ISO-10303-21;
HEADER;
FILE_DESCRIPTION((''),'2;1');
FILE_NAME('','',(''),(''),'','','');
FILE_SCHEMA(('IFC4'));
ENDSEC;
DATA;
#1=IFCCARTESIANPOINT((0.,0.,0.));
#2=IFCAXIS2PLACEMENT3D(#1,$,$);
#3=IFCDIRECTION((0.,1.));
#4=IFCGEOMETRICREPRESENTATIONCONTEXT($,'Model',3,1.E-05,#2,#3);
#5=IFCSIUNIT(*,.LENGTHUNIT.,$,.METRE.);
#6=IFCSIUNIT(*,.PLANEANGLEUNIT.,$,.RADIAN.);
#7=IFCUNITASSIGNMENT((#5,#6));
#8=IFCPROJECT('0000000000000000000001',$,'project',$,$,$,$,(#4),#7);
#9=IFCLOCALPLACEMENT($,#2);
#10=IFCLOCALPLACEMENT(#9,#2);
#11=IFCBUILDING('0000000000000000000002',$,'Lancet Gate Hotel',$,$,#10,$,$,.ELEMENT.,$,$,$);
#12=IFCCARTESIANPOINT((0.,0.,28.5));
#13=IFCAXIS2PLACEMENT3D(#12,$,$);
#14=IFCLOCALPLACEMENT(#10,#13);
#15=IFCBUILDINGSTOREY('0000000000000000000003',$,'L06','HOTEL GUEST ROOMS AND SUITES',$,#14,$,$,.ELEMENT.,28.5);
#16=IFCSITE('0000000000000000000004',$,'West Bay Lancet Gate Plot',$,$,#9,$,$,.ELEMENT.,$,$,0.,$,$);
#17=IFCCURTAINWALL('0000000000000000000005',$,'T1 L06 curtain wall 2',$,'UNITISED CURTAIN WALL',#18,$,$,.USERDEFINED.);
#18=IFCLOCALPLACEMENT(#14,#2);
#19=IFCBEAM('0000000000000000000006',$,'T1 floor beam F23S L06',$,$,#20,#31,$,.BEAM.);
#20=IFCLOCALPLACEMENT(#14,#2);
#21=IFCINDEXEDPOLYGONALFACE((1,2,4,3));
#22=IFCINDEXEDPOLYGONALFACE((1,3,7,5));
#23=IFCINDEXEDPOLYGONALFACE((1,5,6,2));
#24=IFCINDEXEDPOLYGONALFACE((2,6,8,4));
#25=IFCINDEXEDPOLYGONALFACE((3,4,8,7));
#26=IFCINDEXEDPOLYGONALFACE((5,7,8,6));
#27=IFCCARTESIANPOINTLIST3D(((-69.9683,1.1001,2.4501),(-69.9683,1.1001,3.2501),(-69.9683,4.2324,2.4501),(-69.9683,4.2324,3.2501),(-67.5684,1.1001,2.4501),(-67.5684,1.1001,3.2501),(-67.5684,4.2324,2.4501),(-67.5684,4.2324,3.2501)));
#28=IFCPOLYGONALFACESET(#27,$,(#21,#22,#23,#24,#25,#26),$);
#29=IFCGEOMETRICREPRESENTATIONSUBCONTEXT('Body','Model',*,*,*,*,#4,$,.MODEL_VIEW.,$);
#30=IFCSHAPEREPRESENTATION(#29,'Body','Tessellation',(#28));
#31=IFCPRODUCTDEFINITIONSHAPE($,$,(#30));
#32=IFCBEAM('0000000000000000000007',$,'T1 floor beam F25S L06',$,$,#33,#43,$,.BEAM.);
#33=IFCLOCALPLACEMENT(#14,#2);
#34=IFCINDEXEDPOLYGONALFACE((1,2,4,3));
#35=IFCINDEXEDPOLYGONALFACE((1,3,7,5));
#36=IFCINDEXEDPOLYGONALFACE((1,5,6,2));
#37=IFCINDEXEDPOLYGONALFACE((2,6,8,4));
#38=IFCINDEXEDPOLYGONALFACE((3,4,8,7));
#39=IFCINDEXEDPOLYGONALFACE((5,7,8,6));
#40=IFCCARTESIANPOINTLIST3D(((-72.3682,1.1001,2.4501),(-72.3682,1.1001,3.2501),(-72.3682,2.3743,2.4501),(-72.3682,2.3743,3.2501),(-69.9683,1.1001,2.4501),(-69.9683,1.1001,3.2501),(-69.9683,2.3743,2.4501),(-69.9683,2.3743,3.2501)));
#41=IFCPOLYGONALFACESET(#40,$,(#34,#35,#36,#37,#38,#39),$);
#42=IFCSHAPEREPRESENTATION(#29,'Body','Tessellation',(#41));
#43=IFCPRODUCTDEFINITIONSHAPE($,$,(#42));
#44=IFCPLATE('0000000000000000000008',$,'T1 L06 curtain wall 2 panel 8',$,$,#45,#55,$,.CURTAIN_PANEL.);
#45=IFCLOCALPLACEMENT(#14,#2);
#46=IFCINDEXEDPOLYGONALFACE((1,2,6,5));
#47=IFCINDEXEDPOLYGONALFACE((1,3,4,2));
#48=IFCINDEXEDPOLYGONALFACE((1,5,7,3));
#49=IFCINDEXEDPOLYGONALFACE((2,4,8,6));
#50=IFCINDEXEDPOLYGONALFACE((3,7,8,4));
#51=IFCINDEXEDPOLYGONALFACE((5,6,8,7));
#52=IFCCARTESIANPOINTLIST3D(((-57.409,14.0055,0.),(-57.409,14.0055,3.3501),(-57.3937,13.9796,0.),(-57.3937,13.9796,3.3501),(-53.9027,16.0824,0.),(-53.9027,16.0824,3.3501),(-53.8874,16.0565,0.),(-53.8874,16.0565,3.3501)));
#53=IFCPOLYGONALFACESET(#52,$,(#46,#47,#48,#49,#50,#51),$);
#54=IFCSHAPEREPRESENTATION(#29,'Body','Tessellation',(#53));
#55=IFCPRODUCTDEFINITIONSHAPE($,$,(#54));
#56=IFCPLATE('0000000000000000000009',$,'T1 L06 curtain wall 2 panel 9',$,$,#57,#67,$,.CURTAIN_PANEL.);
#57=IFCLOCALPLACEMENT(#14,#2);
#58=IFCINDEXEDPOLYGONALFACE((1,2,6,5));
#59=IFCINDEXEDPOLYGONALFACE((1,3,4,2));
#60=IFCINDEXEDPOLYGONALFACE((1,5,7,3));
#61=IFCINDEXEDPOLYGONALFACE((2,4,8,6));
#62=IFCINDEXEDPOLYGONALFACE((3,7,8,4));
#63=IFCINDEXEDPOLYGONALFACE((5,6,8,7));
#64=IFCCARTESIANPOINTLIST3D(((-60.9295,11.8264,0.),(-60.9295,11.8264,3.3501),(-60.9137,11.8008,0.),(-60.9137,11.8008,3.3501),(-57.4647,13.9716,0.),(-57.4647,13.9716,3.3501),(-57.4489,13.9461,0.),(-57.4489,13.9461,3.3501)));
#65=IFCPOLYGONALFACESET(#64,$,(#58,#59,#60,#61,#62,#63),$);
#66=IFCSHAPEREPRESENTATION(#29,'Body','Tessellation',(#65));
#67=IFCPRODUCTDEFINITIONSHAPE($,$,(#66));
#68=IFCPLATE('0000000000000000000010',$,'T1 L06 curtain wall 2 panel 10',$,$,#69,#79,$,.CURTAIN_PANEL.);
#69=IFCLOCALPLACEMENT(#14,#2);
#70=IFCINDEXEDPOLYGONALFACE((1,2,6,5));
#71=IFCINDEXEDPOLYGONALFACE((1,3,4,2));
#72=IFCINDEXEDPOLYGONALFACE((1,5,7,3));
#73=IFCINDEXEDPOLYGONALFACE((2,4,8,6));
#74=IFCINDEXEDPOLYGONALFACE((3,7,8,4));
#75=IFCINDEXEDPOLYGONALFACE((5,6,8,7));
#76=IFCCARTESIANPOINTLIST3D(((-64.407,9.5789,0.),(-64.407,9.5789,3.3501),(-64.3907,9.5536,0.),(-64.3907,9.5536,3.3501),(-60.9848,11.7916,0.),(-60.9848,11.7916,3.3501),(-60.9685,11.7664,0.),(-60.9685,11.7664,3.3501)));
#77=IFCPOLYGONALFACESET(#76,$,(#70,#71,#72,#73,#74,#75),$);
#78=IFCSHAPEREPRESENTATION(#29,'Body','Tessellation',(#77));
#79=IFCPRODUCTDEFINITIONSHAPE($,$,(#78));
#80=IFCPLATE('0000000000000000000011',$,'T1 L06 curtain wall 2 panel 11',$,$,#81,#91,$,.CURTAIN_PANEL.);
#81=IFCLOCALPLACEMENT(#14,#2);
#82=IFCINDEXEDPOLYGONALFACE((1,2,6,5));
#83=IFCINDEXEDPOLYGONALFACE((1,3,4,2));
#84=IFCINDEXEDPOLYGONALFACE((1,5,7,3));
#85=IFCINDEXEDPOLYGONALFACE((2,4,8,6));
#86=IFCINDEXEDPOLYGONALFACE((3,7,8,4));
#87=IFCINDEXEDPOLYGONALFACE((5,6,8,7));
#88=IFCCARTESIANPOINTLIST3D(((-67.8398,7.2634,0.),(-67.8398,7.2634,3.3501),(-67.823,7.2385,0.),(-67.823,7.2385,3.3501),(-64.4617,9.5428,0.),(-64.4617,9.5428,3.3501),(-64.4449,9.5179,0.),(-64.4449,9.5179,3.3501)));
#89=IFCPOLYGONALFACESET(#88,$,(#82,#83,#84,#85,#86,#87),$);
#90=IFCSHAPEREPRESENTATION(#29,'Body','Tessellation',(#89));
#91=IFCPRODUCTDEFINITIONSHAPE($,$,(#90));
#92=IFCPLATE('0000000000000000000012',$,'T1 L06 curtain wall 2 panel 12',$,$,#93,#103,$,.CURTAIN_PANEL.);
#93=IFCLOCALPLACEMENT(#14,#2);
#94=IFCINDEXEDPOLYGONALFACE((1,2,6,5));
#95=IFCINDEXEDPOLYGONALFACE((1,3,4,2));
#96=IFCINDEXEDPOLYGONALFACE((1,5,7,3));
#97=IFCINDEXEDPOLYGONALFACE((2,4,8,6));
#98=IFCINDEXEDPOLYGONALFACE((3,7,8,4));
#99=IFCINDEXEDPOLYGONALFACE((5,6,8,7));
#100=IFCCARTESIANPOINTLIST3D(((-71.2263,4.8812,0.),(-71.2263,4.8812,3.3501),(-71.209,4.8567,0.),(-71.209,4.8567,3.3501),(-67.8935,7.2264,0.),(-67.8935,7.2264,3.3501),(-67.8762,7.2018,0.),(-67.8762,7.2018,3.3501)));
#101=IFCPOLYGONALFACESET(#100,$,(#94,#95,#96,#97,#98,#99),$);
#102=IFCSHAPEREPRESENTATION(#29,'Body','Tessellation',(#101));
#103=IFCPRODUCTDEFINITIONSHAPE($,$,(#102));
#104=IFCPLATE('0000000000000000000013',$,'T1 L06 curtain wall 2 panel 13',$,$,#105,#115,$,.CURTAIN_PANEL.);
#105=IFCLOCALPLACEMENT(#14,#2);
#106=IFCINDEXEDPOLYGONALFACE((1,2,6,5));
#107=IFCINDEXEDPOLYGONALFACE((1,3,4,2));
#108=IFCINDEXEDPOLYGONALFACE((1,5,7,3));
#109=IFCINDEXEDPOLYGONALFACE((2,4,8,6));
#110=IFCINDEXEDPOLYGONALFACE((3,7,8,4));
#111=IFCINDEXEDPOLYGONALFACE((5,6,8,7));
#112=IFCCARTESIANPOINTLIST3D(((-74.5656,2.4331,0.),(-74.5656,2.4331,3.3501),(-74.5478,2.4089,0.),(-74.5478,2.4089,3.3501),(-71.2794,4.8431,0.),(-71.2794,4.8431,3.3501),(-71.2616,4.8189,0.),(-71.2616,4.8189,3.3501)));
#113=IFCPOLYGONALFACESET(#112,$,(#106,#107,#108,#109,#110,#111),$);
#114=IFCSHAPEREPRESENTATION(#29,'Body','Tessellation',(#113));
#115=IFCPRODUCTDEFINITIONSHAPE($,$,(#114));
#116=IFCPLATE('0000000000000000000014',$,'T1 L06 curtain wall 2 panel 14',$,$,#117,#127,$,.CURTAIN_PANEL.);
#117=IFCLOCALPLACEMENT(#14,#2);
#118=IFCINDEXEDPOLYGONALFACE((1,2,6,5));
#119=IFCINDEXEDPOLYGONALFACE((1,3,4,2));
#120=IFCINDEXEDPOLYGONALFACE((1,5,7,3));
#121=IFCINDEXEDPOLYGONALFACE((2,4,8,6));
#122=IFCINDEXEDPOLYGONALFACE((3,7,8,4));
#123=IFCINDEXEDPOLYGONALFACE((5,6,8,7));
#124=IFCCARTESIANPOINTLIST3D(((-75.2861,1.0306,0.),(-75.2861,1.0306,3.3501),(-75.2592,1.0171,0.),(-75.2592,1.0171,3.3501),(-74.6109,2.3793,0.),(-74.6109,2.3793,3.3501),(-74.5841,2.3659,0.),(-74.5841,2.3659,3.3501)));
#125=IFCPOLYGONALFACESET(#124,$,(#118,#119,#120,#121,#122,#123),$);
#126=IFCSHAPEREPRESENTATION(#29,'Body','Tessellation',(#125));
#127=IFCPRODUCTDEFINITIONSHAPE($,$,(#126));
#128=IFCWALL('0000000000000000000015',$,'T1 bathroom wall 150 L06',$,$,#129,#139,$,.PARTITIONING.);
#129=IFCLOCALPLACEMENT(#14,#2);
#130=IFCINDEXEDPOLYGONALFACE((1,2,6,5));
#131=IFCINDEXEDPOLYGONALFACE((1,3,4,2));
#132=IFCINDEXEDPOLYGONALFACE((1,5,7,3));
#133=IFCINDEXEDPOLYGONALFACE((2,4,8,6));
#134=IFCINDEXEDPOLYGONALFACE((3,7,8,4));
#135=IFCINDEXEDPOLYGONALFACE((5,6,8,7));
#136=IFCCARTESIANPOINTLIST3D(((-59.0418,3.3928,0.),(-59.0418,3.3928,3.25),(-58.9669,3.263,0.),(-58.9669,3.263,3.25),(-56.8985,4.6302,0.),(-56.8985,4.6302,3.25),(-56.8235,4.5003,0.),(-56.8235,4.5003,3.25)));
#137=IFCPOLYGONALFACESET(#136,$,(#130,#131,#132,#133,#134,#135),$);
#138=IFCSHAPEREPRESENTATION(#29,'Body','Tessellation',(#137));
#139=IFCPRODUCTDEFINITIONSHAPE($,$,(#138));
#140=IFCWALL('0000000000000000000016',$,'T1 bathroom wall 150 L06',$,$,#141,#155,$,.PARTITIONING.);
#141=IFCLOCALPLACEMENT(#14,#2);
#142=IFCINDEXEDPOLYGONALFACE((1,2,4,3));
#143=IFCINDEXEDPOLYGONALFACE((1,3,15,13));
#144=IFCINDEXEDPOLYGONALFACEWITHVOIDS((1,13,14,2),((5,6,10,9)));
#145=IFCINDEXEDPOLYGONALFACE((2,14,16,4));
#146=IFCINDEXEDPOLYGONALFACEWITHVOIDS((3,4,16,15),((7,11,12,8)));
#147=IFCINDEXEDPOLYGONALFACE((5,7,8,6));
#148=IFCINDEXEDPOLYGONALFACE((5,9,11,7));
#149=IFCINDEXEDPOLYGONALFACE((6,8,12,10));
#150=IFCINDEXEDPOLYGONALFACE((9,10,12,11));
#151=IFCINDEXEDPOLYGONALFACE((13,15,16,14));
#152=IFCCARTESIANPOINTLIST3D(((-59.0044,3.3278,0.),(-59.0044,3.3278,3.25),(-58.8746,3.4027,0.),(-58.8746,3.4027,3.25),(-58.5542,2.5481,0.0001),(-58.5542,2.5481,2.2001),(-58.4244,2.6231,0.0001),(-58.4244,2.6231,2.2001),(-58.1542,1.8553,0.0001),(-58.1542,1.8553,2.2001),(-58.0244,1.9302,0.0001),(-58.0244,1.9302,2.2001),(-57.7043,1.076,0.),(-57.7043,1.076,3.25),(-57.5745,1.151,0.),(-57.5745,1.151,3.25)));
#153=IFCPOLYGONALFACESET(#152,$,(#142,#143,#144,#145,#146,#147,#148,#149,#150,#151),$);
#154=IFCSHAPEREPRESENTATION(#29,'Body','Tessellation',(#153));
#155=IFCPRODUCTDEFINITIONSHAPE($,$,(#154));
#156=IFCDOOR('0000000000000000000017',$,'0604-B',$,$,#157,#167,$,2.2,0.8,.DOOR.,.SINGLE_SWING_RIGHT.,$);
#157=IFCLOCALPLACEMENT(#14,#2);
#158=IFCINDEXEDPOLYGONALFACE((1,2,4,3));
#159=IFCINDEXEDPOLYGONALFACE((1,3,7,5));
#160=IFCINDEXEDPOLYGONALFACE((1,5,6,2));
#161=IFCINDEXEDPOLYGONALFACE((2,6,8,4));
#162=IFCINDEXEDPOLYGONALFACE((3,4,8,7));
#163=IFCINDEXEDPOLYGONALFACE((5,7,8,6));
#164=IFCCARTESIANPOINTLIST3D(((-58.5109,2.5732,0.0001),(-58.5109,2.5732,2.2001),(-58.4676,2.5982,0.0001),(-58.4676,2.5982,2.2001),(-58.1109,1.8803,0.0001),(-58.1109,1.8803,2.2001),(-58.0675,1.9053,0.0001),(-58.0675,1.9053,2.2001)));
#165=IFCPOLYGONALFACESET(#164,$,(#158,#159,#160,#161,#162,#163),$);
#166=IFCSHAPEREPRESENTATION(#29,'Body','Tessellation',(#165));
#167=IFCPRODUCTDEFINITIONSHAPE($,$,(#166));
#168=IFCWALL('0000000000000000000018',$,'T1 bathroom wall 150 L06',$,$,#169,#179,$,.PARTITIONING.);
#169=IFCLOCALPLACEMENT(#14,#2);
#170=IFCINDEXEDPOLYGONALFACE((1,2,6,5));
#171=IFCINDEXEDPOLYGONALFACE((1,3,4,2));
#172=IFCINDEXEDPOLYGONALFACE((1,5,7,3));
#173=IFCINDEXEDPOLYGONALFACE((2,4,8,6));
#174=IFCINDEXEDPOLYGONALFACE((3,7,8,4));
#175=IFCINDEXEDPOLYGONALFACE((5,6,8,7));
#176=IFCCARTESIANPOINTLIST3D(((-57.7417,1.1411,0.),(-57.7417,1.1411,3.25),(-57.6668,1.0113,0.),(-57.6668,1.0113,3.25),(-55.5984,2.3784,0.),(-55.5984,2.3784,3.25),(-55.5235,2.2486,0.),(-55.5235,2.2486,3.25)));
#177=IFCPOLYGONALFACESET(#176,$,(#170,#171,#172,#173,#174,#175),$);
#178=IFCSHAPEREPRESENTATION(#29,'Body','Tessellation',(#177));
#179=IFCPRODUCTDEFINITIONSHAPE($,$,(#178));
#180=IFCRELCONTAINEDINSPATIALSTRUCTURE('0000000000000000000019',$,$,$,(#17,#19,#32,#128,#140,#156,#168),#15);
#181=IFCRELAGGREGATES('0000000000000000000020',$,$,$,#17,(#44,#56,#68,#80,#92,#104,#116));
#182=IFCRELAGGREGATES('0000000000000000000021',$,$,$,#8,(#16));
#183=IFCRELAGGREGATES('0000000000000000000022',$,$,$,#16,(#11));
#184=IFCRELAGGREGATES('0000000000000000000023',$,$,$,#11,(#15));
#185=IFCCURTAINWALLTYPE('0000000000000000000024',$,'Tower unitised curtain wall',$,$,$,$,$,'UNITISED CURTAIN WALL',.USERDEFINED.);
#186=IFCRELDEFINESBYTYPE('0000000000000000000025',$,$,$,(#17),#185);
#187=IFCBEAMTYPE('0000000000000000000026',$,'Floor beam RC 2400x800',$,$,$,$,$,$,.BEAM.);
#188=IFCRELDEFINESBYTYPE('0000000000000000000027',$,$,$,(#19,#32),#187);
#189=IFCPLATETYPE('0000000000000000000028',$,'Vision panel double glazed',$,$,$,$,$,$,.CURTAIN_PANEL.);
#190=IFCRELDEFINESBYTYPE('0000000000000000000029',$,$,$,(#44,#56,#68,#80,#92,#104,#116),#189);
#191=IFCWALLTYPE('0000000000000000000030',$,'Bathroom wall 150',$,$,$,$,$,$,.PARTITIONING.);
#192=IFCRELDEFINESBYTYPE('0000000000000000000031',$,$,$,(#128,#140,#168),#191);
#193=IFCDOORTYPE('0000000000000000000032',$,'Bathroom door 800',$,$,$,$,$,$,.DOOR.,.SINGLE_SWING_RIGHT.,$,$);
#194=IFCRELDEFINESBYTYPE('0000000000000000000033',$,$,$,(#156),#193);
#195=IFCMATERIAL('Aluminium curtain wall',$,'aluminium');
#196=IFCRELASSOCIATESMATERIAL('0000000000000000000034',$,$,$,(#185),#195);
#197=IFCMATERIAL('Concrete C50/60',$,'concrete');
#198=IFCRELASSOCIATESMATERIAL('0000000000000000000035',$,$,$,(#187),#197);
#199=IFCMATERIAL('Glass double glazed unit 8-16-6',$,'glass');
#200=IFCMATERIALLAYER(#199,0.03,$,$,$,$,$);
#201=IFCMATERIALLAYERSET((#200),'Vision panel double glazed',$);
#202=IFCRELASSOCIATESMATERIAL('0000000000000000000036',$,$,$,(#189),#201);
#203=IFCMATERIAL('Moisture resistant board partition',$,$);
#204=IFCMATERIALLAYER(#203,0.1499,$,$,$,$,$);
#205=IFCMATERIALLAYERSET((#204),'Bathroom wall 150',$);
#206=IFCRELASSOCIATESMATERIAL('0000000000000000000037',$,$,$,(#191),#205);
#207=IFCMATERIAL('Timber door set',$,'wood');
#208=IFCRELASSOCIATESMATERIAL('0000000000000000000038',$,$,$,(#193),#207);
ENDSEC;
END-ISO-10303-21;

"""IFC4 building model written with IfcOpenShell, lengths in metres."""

from ifc_helpers import new_model, si_unit, direction, frame, frame_2d, origin, origin_2d, place, context, subcontext, project, spatial, rectangle, extrude, material, layer, layer_set, material_profile, profile_set, type_object, element, fill, aggregate, save


model = new_model("IFC4")

# Units and contexts
model_context = context("Model", 3, precision=1e-05, world=origin(), true_north=direction((0.0, 1.0)))
body_context = subcontext(model_context, "Body", "Model", "MODEL_VIEW")
ifc_project = project(units=[si_unit("LENGTHUNIT", "METRE"), si_unit("PLANEANGLEUNIT", "RADIAN")], contexts=[model_context])

# Site, building, storey
site_placement = place(None, origin())
site = spatial("IfcSite", under=ifc_project, at=site_placement, Name="West Bay Lancet Gate Plot", CompositionType="ELEMENT", RefElevation=0.0)
building_placement = place(site_placement, origin())
building = spatial("IfcBuilding", under=site, at=building_placement, Name="Lancet Gate Hotel", CompositionType="ELEMENT")
storey_placement = place(building_placement, frame((0.0, 0.0, 28.5)))
storey = spatial("IfcBuildingStorey", under=building, at=storey_placement, Name="L06", Description="HOTEL GUEST ROOMS AND SUITES", CompositionType="ELEMENT", Elevation=28.5)

# Curtain wall
ifc_material_1 = material(Name="Aluminium curtain wall", Category="aluminium")
curtain_wall_type = type_object("IfcCurtainWallType", Name="Tower unitised curtain wall", ElementType="UNITISED CURTAIN WALL", PredefinedType="USERDEFINED", material=ifc_material_1)
curtain_wall_placement = place(storey_placement, origin())
curtain_wall = element("IfcCurtainWall", 1, at=curtain_wall_placement, inside=storey, type_object=curtain_wall_type, Name="T1 L06 curtain wall 2", ObjectType="UNITISED CURTAIN WALL", PredefinedType="USERDEFINED")

# Beams
ifc_material_2 = material(Name="Concrete C50/60", Category="concrete")
ifc_material_profile_1 = material_profile(ifc_material_2, rectangle(XDim=2.3999, YDim=0.8, at=origin_2d()), Name="RC 2400x800")
ifc_profile_set_1 = profile_set([ifc_material_profile_1], Name="Concrete C50/60")
beam_type_1 = type_object("IfcBeamType", Name="Floor beam RC 2400x800", PredefinedType="BEAM", material=ifc_profile_set_1)
beam_1_placement = place(storey_placement, frame((-68.7683, 4.2324, 2.8501), z_axis=(0.0, -1.0, 0.0), x_axis=(1.0, 0.0, 0.0)))
element("IfcBeam", 2, at=beam_1_placement, inside=storey, type_object=beam_type_1, Name="T1 floor beam F23S L06", PredefinedType="BEAM", context=body_context, shape_type="SweptSolid", body=[
    extrude(rectangle(XDim=2.3999, YDim=0.8, at=origin_2d()), origin(), (0.0, 0.0, 1.0), 3.1323),
])
beam_2_placement = place(storey_placement, frame((-71.1682, 2.3743, 2.8501), z_axis=(0.0, -1.0, 0.0), x_axis=(1.0, 0.0, 0.0)))
element("IfcBeam", 3, at=beam_2_placement, inside=storey, type_object=beam_type_1, Name="T1 floor beam F25S L06", PredefinedType="BEAM", context=body_context, shape_type="SweptSolid", body=[
    extrude(rectangle(XDim=2.3999, YDim=0.8, at=origin_2d()), origin(), (0.0, 0.0, 1.0), 1.2742),
])

# Plates
ifc_material_3 = material(Name="Glass double glazed unit 8-16-6", Category="glass")
ifc_layer_1 = layer(ifc_material_3, 0.03)
ifc_layer_set_1 = layer_set([ifc_layer_1], Name="Vision panel double glazed")
plate_type = type_object("IfcPlateType", Name="Vision panel double glazed", PredefinedType="CURTAIN_PANEL", material=ifc_layer_set_1)
plate_1_placement = place(storey_placement, frame((-55.6482, 15.031, 0.0), z_axis=(0.0, 0.0, 1.0), x_axis=(-0.860382, -0.50965, 0.0)))
plate_1 = element("IfcPlate", 4, at=plate_1_placement, type_object=plate_type, Name="T1 L06 curtain wall 2 panel 8", PredefinedType="CURTAIN_PANEL", context=body_context, shape_type="SweptSolid", body=[
    extrude(rectangle(XDim=4.0752, YDim=0.03, at=origin_2d()), origin(), (0.0, 0.0, 1.0), 3.3501),
])
plate_2_placement = place(storey_placement, frame((-59.1892, 12.8862, 0.0), z_axis=(0.0, 0.0, 1.0), x_axis=(-0.850229, -0.526414, 0.0)))
plate_2 = element("IfcPlate", 5, at=plate_2_placement, type_object=plate_type, Name="T1 L06 curtain wall 2 panel 9", PredefinedType="CURTAIN_PANEL", context=body_context, shape_type="SweptSolid", body=[
    extrude(rectangle(XDim=4.0752, YDim=0.03, at=origin_2d()), origin(), (0.0, 0.0, 1.0), 3.3501),
])
plate_3_placement = place(storey_placement, frame((-62.6877, 10.6726, 0.0), z_axis=(0.0, 0.0, 1.0), x_axis=(-0.839749, -0.542975, 0.0)))
plate_3 = element("IfcPlate", 6, at=plate_3_placement, type_object=plate_type, Name="T1 L06 curtain wall 2 panel 10", PredefinedType="CURTAIN_PANEL", context=body_context, shape_type="SweptSolid", body=[
    extrude(rectangle(XDim=4.0752, YDim=0.03, at=origin_2d()), origin(), (0.0, 0.0, 1.0), 3.3501),
])
plate_4_placement = place(storey_placement, frame((-66.1423, 8.3906, 0.0), z_axis=(0.0, 0.0, 1.0), x_axis=(-0.828946, -0.559329, 0.0)))
plate_4 = element("IfcPlate", 7, at=plate_4_placement, type_object=plate_type, Name="T1 L06 curtain wall 2 panel 11", PredefinedType="CURTAIN_PANEL", context=body_context, shape_type="SweptSolid", body=[
    extrude(rectangle(XDim=4.0752, YDim=0.03, at=origin_2d()), origin(), (0.0, 0.0, 1.0), 3.3501),
])
plate_5_placement = place(storey_placement, frame((-69.5513, 6.0415, 0.0), z_axis=(0.0, 0.0, 1.0), x_axis=(-0.817825, -0.575467, 0.0)))
plate_5 = element("IfcPlate", 8, at=plate_5_placement, type_object=plate_type, Name="T1 L06 curtain wall 2 panel 12", PredefinedType="CURTAIN_PANEL", context=body_context, shape_type="SweptSolid", body=[
    extrude(rectangle(XDim=4.0752, YDim=0.03, at=origin_2d()), origin(), (0.0, 0.0, 1.0), 3.3501),
])
plate_6_placement = place(storey_placement, frame((-72.9136, 3.626, 0.0), z_axis=(0.0, 0.0, 1.0), x_axis=(-0.80639, -0.591384, 0.0)))
plate_6 = element("IfcPlate", 9, at=plate_6_placement, type_object=plate_type, Name="T1 L06 curtain wall 2 panel 13", PredefinedType="CURTAIN_PANEL", context=body_context, shape_type="SweptSolid", body=[
    extrude(rectangle(XDim=4.0752, YDim=0.03, at=origin_2d()), origin(), (0.0, 0.0, 1.0), 3.3501),
])
plate_7_placement = place(storey_placement, frame((-74.9351, 1.6982, 0.0), z_axis=(0.0, 0.0, 1.0), x_axis=(-0.447628, -0.89422, 0.0)))
plate_7 = element("IfcPlate", 10, at=plate_7_placement, type_object=plate_type, Name="T1 L06 curtain wall 2 panel 14", PredefinedType="CURTAIN_PANEL", context=body_context, shape_type="SweptSolid", body=[
    extrude(rectangle(XDim=1.5083, YDim=0.03, at=origin_2d()), origin(), (0.0, 0.0, 1.0), 3.3501),
])
aggregate(curtain_wall, [plate_1, plate_2, plate_3, plate_4, plate_5, plate_6, plate_7])

# Wall
ifc_material_4 = material(Name="Moisture resistant board partition")
ifc_layer_2 = layer(ifc_material_4, 0.1499)
ifc_layer_set_2 = layer_set([ifc_layer_2], Name="Bathroom wall 150")
wall_type_1 = type_object("IfcWallType", Name="Bathroom wall 150", PredefinedType="PARTITIONING", material=ifc_layer_set_2)
wall_1_placement = place(storey_placement, frame((-56.8611, 4.5652, 0.0), z_axis=(0.0, 0.0, 1.0), x_axis=(-0.866049, -0.499959, 0.0)))
element("IfcWall", 11, at=wall_1_placement, inside=storey, type_object=wall_type_1, Name="T1 bathroom wall 150 L06", PredefinedType="PARTITIONING", context=body_context, shape_type="SweptSolid", body=[
    extrude(rectangle(XDim=2.4749, YDim=0.1499, at=frame_2d((1.2373, 0.0))), origin(), (0.0, 0.0, 1.0), 3.25),
])

# Wall, opening, door
wall_2_placement = place(storey_placement, frame((-57.6394, 1.1135, 0.0), z_axis=(0.0, 0.0, 1.0), x_axis=(-0.500007, 0.866021, 0.0)))
wall_2 = element("IfcWall", 12, at=wall_2_placement, inside=storey, type_object=wall_type_1, Name="T1 bathroom wall 150 L06", PredefinedType="PARTITIONING", context=body_context, shape_type="SweptSolid", body=[
    extrude(rectangle(XDim=2.6001, YDim=0.1499, at=frame_2d((1.3, 0.0))), origin(), (0.0, 0.0, 1.0), 3.25),
])
opening_placement = place(wall_2_placement, frame((0.8999, 0.0, 0.0)))
opening = element("IfcOpeningElement", 13, at=opening_placement, cuts=wall_2, PredefinedType="OPENING", context=body_context, shape_type="SweptSolid", body=[
    extrude(rectangle(XDim=0.8, YDim=2.2, at=frame_2d((0.3999, 1.1001))), frame((0.0, 0.085, 0.0), z_axis=(0.0, -1.0, 0.0), x_axis=(1.0, 0.0, 0.0)), (0.0, 0.0, 1.0), 0.1699),
])
ifc_material_5 = material(Name="Timber door set", Category="wood")
door_type = type_object("IfcDoorType", Name="Bathroom door 800", OperationType="SINGLE_SWING_RIGHT", PredefinedType="DOOR", material=ifc_material_5)
door_placement = place(opening_placement, origin())
door = element("IfcDoor", 14, at=door_placement, inside=storey, type_object=door_type, Name="0604-B", OperationType="SINGLE_SWING_RIGHT", OverallHeight=2.2, OverallWidth=0.8, PredefinedType="DOOR", context=body_context, shape_type="SweptSolid", body=[
    extrude(rectangle(XDim=0.8, YDim=2.2, at=frame_2d((0.3999, 1.1001))), frame((0.0, 0.0249, 0.0), z_axis=(0.0, -1.0, 0.0), x_axis=(1.0, 0.0, 0.0)), (0.0, 0.0, 1.0), 0.05),
])
fill(opening, door)

# Wall
wall_3_placement = place(storey_placement, frame((-55.561, 2.3135, 0.0), z_axis=(0.0, 0.0, 1.0), x_axis=(-0.866049, -0.499959, 0.0)))
element("IfcWall", 15, at=wall_3_placement, inside=storey, type_object=wall_type_1, Name="T1 bathroom wall 150 L06", PredefinedType="PARTITIONING", context=body_context, shape_type="SweptSolid", body=[
    extrude(rectangle(XDim=2.4749, YDim=0.1499, at=frame_2d((1.2373, 0.0))), origin(), (0.0, 0.0, 1.0), 3.25),
])

save(model, "model.ifc")
